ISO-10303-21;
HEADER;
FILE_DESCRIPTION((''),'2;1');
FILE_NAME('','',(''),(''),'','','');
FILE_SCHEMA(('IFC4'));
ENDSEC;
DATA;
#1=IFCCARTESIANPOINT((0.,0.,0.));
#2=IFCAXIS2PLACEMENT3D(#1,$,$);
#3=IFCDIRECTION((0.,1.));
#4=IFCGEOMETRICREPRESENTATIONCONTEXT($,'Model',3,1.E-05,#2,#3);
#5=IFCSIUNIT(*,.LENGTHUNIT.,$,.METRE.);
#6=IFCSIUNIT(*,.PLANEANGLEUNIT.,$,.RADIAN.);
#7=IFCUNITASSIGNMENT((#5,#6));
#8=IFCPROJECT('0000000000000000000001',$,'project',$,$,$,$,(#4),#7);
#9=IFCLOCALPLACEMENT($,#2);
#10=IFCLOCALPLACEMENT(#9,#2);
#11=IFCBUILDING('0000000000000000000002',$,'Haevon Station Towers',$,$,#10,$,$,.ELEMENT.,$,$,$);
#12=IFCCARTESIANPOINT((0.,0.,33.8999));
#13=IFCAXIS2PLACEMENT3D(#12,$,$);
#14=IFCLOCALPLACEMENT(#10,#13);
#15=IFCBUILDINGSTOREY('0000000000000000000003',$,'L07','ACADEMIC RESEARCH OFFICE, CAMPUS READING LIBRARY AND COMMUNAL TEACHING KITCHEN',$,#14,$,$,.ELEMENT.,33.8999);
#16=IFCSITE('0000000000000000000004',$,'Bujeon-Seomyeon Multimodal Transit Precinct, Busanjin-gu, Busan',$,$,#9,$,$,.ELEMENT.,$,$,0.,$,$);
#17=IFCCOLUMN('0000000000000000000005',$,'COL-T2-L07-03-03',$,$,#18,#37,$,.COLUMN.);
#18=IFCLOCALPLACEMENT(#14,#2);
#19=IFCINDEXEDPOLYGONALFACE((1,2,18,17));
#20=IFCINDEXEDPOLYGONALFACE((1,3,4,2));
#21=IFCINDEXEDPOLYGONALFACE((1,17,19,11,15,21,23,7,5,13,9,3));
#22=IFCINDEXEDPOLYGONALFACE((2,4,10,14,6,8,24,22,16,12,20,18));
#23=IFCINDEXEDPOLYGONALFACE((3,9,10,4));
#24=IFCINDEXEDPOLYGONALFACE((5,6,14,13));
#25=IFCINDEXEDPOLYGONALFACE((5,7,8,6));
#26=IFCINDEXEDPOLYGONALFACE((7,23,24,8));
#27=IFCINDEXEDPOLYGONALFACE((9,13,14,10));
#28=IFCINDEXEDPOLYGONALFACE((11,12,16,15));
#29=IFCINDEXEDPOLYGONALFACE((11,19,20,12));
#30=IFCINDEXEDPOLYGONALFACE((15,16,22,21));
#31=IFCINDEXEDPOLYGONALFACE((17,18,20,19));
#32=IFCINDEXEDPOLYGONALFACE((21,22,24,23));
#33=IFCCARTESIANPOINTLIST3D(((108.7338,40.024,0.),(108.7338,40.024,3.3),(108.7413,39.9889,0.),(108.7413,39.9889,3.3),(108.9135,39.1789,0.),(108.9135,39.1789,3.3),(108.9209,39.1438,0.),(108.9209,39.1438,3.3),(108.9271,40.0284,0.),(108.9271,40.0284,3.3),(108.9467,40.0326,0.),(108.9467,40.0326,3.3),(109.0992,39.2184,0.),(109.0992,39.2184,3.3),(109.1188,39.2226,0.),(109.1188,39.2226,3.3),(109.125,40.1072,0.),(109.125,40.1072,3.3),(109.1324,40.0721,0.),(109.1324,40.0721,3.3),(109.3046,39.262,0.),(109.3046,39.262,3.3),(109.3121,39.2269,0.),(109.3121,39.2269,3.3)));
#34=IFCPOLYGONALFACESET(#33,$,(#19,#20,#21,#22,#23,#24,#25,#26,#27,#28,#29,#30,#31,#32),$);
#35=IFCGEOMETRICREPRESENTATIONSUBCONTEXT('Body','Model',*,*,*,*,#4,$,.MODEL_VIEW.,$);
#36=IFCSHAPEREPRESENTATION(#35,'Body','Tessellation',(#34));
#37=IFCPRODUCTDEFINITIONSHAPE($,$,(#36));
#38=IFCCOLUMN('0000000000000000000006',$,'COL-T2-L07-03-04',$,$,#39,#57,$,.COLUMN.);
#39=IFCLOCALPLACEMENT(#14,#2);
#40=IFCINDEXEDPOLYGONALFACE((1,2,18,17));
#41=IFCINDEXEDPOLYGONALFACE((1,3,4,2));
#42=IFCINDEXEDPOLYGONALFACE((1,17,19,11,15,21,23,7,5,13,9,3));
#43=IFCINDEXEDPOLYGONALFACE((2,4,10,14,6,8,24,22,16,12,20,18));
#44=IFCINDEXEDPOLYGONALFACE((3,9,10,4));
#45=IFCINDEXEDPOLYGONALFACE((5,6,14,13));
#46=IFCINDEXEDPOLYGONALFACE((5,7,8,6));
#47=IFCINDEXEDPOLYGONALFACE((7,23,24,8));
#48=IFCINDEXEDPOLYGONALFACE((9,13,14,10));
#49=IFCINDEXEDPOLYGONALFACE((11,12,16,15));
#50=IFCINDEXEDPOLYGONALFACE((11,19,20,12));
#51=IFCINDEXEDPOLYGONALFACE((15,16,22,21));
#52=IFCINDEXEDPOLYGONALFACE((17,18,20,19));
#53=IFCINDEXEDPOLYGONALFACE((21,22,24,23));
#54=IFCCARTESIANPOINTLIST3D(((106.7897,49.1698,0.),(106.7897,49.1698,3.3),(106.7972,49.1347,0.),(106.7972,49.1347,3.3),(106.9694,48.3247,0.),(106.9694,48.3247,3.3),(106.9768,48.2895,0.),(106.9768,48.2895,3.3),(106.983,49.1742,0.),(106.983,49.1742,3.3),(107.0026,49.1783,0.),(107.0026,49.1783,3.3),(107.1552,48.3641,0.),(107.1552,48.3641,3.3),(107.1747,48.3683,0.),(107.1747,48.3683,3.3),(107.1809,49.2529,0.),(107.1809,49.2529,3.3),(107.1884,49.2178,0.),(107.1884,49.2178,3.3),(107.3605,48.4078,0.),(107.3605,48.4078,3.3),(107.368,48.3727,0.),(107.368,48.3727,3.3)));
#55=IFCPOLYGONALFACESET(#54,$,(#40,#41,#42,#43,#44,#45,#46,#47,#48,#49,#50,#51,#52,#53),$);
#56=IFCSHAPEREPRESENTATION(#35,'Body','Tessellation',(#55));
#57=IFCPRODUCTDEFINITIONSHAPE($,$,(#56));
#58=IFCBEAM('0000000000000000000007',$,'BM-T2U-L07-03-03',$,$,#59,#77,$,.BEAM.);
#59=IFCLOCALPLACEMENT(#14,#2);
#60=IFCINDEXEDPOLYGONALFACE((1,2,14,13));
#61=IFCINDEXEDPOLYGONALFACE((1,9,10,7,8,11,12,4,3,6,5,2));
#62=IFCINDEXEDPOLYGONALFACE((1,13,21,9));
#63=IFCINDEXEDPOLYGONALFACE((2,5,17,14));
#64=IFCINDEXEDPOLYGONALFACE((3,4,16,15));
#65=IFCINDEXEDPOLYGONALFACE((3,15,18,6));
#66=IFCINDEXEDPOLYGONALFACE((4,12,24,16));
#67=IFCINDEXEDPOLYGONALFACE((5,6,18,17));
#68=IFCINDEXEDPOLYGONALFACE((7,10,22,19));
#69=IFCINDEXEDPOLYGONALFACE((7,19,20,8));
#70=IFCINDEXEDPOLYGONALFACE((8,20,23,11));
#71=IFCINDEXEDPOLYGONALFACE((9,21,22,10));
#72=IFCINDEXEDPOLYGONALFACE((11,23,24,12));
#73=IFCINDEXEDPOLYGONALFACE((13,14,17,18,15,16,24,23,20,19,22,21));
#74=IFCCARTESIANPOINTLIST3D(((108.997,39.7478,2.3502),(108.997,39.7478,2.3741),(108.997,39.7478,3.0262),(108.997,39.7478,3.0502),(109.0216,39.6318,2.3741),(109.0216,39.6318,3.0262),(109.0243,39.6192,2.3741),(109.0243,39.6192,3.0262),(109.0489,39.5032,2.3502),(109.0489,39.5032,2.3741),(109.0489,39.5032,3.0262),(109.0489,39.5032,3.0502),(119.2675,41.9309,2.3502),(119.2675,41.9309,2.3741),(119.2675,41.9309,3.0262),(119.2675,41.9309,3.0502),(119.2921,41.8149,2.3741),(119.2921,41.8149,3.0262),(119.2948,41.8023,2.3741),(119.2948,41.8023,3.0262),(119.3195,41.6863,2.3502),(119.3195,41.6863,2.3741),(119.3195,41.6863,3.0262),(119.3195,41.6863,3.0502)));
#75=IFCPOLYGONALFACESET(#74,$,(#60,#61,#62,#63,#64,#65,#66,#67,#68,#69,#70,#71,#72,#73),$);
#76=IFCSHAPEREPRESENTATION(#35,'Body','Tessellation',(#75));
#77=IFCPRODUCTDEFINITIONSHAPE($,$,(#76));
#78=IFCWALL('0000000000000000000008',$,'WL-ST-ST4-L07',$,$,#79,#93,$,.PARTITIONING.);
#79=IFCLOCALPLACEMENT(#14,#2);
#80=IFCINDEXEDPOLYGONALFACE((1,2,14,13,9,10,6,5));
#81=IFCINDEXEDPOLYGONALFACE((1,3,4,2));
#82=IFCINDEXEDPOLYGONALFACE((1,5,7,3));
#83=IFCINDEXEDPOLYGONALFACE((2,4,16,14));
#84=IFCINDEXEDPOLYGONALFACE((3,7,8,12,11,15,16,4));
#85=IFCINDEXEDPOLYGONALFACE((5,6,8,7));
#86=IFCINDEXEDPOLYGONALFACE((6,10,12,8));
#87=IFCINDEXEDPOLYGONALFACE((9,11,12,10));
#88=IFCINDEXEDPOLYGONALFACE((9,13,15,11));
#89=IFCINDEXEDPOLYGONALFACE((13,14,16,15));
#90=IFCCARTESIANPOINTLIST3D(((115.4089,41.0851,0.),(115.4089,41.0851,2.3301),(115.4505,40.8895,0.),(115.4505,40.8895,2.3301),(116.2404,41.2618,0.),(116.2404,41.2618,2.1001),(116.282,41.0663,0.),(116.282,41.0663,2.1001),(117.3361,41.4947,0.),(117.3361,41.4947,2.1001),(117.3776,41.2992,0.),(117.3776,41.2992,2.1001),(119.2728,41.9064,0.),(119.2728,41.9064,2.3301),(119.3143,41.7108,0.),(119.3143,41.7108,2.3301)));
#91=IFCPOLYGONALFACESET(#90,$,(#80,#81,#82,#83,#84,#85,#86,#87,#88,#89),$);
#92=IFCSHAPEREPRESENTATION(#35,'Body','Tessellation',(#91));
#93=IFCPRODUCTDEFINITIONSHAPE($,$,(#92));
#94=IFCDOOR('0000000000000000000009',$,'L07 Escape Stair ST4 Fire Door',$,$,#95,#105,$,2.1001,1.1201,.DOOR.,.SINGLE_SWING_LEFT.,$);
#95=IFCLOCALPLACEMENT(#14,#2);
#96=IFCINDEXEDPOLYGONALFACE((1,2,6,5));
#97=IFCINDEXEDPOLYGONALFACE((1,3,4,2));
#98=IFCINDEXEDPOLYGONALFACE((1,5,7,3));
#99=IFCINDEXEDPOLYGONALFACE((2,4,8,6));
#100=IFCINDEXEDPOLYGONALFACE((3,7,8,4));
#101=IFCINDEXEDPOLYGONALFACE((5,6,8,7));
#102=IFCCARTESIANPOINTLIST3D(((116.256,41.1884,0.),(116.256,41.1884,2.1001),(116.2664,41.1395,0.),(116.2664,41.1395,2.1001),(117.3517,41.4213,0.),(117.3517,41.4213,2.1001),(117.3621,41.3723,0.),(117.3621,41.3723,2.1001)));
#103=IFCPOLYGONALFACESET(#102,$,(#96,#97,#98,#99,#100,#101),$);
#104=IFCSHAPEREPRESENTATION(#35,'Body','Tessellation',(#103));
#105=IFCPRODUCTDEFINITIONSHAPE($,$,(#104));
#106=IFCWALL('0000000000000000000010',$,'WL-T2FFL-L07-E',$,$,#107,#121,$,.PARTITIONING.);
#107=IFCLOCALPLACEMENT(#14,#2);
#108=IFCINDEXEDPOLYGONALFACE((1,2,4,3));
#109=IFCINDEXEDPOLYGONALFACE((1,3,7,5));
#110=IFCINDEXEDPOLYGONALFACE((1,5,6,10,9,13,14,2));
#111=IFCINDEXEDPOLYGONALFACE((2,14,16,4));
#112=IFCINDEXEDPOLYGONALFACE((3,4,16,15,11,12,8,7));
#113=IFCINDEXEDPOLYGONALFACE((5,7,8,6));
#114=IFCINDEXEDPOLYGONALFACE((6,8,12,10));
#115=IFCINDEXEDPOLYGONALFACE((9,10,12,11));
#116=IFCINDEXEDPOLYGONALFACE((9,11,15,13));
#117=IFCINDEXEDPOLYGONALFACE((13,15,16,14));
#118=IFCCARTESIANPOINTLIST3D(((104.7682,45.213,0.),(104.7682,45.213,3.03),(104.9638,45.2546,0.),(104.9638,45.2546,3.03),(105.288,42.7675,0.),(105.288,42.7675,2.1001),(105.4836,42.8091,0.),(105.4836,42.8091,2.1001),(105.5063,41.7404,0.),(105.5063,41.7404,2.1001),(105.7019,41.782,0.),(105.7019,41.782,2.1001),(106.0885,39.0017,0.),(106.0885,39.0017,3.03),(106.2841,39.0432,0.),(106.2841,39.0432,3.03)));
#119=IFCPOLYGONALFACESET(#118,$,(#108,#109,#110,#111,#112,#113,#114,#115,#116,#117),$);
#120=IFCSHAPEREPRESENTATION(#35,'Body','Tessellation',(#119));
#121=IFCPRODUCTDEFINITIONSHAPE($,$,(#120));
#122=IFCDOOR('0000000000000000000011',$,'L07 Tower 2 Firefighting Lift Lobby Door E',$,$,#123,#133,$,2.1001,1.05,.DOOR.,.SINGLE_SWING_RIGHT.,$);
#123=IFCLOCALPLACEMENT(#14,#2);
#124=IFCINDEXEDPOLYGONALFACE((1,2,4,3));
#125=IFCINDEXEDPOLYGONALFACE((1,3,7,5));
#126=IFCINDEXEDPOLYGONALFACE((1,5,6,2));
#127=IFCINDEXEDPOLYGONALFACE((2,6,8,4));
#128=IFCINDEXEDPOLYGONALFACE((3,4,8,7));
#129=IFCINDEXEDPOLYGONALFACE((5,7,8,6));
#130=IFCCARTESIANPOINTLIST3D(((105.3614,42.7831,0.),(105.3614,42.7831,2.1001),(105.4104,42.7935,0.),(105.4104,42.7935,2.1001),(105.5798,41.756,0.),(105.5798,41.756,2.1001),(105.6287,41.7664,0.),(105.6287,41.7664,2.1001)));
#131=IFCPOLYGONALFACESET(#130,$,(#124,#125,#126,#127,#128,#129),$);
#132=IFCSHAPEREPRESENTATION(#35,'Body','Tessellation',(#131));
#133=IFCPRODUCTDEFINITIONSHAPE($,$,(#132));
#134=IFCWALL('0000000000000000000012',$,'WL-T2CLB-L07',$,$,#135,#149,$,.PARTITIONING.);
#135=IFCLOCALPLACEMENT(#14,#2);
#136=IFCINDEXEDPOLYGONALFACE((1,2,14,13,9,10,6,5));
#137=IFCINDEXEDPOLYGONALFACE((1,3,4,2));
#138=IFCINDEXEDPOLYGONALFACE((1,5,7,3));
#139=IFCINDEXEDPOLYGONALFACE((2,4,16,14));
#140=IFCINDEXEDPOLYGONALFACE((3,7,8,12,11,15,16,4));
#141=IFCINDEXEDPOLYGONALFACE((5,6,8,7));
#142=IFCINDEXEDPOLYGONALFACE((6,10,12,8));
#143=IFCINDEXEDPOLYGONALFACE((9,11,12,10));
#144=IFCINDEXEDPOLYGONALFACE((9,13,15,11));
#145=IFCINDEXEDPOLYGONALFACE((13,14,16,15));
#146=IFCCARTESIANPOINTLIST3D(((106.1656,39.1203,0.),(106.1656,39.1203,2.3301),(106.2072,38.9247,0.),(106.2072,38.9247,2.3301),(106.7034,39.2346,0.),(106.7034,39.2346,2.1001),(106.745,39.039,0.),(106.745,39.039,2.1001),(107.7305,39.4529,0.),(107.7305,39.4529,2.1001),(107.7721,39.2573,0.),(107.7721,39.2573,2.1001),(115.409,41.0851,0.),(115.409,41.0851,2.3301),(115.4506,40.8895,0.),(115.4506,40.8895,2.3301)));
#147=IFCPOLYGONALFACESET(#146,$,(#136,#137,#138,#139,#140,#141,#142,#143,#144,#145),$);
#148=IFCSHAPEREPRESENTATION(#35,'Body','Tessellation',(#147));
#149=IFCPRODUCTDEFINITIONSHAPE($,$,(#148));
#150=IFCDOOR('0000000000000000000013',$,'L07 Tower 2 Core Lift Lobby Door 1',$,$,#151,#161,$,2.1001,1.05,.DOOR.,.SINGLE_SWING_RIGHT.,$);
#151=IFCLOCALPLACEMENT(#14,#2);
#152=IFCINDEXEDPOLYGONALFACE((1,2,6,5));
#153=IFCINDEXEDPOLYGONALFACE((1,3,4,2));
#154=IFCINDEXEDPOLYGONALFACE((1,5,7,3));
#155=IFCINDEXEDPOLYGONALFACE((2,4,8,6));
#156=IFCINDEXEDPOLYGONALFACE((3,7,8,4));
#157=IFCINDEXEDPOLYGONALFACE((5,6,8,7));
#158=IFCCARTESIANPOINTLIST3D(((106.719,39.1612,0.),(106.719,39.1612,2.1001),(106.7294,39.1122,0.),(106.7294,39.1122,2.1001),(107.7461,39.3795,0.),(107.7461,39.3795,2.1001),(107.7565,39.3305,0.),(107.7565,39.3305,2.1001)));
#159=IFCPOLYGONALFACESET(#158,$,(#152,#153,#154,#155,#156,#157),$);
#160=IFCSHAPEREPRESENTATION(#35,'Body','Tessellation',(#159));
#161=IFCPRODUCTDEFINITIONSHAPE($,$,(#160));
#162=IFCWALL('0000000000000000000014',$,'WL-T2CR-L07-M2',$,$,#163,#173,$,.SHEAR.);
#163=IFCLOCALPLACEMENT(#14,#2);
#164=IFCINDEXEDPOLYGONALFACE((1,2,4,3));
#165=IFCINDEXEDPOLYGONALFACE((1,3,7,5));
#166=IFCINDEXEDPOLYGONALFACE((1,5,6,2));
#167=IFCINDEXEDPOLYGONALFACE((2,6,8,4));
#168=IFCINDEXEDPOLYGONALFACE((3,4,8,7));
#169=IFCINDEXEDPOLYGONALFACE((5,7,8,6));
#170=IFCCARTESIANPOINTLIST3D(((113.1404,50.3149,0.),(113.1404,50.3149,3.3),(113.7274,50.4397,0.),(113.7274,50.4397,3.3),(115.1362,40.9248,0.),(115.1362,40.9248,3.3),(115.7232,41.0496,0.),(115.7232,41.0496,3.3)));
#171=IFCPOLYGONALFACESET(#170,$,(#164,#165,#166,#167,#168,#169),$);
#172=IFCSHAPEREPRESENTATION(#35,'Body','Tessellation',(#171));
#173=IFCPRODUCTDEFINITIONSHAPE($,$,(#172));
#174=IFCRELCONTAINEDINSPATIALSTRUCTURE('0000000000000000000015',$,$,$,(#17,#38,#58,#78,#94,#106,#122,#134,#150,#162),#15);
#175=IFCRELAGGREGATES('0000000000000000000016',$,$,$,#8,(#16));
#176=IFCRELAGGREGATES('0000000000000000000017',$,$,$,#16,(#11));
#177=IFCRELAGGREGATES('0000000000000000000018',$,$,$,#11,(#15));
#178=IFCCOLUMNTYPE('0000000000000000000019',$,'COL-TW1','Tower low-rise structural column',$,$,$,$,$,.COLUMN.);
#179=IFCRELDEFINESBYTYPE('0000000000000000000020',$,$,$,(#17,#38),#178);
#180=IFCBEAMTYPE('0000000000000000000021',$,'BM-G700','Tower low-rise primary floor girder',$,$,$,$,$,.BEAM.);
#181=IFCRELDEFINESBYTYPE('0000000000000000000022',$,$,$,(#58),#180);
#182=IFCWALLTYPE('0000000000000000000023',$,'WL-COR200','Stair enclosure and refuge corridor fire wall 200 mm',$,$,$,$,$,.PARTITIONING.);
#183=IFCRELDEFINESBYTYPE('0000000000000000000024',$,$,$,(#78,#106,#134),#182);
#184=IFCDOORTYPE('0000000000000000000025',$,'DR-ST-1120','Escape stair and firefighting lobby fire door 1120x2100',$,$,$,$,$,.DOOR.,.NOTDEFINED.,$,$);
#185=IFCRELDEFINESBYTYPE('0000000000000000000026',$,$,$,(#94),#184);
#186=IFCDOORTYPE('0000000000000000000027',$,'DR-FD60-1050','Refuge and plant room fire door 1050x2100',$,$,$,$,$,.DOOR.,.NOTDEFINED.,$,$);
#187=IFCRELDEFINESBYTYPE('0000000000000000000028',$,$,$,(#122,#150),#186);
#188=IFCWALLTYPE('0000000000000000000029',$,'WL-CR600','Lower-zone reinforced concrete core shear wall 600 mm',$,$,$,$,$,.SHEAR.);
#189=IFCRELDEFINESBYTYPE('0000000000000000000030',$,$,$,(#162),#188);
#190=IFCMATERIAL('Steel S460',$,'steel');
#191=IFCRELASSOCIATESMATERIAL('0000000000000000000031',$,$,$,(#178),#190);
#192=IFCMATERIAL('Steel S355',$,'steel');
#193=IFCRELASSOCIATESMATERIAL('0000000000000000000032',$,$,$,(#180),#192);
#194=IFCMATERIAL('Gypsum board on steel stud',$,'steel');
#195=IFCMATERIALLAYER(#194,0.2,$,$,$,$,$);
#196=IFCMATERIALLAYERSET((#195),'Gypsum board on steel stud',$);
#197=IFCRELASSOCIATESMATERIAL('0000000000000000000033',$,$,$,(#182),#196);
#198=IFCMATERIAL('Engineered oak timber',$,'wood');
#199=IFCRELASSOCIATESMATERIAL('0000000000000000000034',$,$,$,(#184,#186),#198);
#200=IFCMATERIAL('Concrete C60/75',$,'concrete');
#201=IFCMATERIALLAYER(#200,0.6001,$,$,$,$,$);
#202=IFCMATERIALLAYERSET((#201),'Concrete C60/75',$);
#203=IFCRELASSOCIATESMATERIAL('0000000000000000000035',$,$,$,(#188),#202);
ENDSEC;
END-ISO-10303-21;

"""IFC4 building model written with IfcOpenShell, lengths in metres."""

from ifc_helpers import new_model, si_unit, direction, frame, frame_2d, origin, origin_2d, place, context, subcontext, project, spatial, rectangle, i_section, extrude, material, layer, layer_set, material_profile, profile_set, type_object, element, fill, save


model = new_model("IFC4")

# Units and contexts
model_context = context("Model", 3, precision=1e-05, world=origin(), true_north=direction((0.0, 1.0)))
body_context = subcontext(model_context, "Body", "Model", "MODEL_VIEW")
ifc_project = project(units=[si_unit("LENGTHUNIT", "METRE"), si_unit("PLANEANGLEUNIT", "RADIAN")], contexts=[model_context])

# Site, building, storey
site_placement = place(None, origin())
site = spatial("IfcSite", under=ifc_project, at=site_placement, Name="Bujeon-Seomyeon Multimodal Transit Precinct, Busanjin-gu, Busan", CompositionType="ELEMENT", RefElevation=0.0)
building_placement = place(site_placement, origin())
building = spatial("IfcBuilding", under=site, at=building_placement, Name="Haevon Station Towers", CompositionType="ELEMENT")
storey_placement = place(building_placement, frame((0.0, 0.0, 33.8999)))
storey = spatial("IfcBuildingStorey", under=building, at=storey_placement, Name="L07", Description="ACADEMIC RESEARCH OFFICE, CAMPUS READING LIBRARY AND COMMUNAL TEACHING KITCHEN", CompositionType="ELEMENT", Elevation=33.8999)

# Columns
ifc_material_1 = material(Name="Steel S460", Category="steel")
ifc_material_profile_1 = material_profile(ifc_material_1, i_section(OverallWidth=0.3999, OverallDepth=0.8999, WebThickness=0.02, FlangeThickness=0.0359, at=origin_2d()), Name="H-900x400x20x36")
ifc_profile_set_1 = profile_set([ifc_material_profile_1], Name="Steel S460")
column_type = type_object("IfcColumnType", Name="COL-TW1", Description="Tower low-rise structural column", PredefinedType="COLUMN", material=ifc_profile_set_1)
for number, where, z_axis, x_axis, name in (
    (1, (109.0229, 39.6255, 0.0), (0.0, 0.0, 1.0), (0.978148, 0.207912, 0.0), "COL-T2-L07-03-03"),
    (2, (107.0789, 48.7712, 0.0), (0.0, 0.0, 1.0), (0.978148, 0.207912, 0.0), "COL-T2-L07-03-04"),
):
    element("IfcColumn", number, at=place(storey_placement, frame(where, z_axis=z_axis, x_axis=x_axis)), inside=storey, type_object=column_type, Name=name, PredefinedType="COLUMN", context=body_context, shape_type="SweptSolid", body=[
        extrude(i_section(OverallWidth=0.3999, OverallDepth=0.8999, WebThickness=0.02, FlangeThickness=0.0359, at=origin_2d()), origin(), (0.0, 0.0, 1.0), 3.3),
    ])

# Beam
ifc_material_2 = material(Name="Steel S355", Category="steel")
ifc_material_profile_2 = material_profile(ifc_material_2, i_section(OverallWidth=0.25, OverallDepth=0.7, WebThickness=0.0129, FlangeThickness=0.0239, at=origin_2d()), Name="H-700x250x13x24")
ifc_profile_set_2 = profile_set([ifc_material_profile_2], Name="Steel S355")
beam_type = type_object("IfcBeamType", Name="BM-G700", Description="Tower low-rise primary floor girder", PredefinedType="BEAM", material=ifc_profile_set_2)
beam_placement = place(storey_placement, frame((109.0229, 39.6255, 2.7002), z_axis=(0.978147, 0.207915, 0.0), x_axis=(-0.207915, 0.978147, 0.0)))
element("IfcBeam", 3, at=beam_placement, inside=storey, type_object=beam_type, Name="BM-T2U-L07-03-03", PredefinedType="BEAM", context=body_context, shape_type="SweptSolid", body=[
    extrude(i_section(OverallWidth=0.25, OverallDepth=0.7, WebThickness=0.0129, FlangeThickness=0.0239, at=origin_2d()), origin(), (0.0, 0.0, 1.0), 10.5),
])

# Walls, openings, doors
ifc_material_3 = material(Name="Gypsum board on steel stud", Category="steel")
ifc_layer_1 = layer(ifc_material_3, 0.2)
ifc_layer_set_1 = layer_set([ifc_layer_1], Name="Gypsum board on steel stud")
wall_type_1 = type_object("IfcWallType", Name="WL-COR200", Description="Stair enclosure and refuge corridor fire wall 200 mm", PredefinedType="PARTITIONING", material=ifc_layer_set_1)
wall_1_placement = place(storey_placement, frame((115.4297, 40.9873, 0.0), z_axis=(0.0, 0.0, 1.0), x_axis=(0.978147, 0.207916, 0.0)))
wall_1 = element("IfcWall", 4, at=wall_1_placement, inside=storey, type_object=wall_type_1, Name="WL-ST-ST4-L07", PredefinedType="PARTITIONING", context=body_context, shape_type="SweptSolid", body=[
    extrude(rectangle(XDim=3.9502, YDim=0.2, at=frame_2d((1.9751, 0.0))), origin(), (0.0, 0.0, 1.0), 2.3301),
])
opening_1_placement = place(wall_1_placement, frame((0.8501, 0.0, 0.0)))
opening_1 = element("IfcOpeningElement", 5, at=opening_1_placement, cuts=wall_1, PredefinedType="OPENING", context=body_context, shape_type="SweptSolid", body=[
    extrude(rectangle(XDim=1.1201, YDim=2.1001, at=frame_2d((0.5601, 1.05))), frame((0.0, 0.1099, 0.0), z_axis=(0.0, -1.0, 0.0), x_axis=(1.0, 0.0, 0.0)), (0.0, 0.0, 1.0), 0.22),
])
ifc_material_4 = material(Name="Engineered oak timber", Category="wood")
door_type_1 = type_object("IfcDoorType", Name="DR-ST-1120", Description="Escape stair and firefighting lobby fire door 1120x2100", OperationType="NOTDEFINED", PredefinedType="DOOR", material=ifc_material_4)
door_1_placement = place(opening_1_placement, origin())
door_1 = element("IfcDoor", 6, at=door_1_placement, inside=storey, type_object=door_type_1, Name="L07 Escape Stair ST4 Fire Door", OperationType="SINGLE_SWING_LEFT", OverallHeight=2.1001, OverallWidth=1.1201, PredefinedType="DOOR", context=body_context, shape_type="SweptSolid", body=[
    extrude(rectangle(XDim=1.1201, YDim=2.1001, at=frame_2d((0.5601, 1.05))), frame((0.0, 0.0249, 0.0), z_axis=(0.0, -1.0, 0.0), x_axis=(1.0, 0.0, 0.0)), (0.0, 0.0, 1.0), 0.05),
])
fill(opening_1, door_1)
wall_2_placement = place(storey_placement, frame((106.1863, 39.0225, 0.0), z_axis=(0.0, 0.0, 1.0), x_axis=(-0.207917, 0.978147, 0.0)))
wall_2 = element("IfcWall", 7, at=wall_2_placement, inside=storey, type_object=wall_type_1, Name="WL-T2FFL-L07-E", PredefinedType="PARTITIONING", context=body_context, shape_type="SweptSolid", body=[
    extrude(rectangle(XDim=6.3501, YDim=0.2, at=frame_2d((3.175, 0.0))), origin(), (0.0, 0.0, 1.0), 3.03),
])
opening_2_placement = place(wall_2_placement, frame((2.8, 0.0, 0.0)))
opening_2 = element("IfcOpeningElement", 8, at=opening_2_placement, cuts=wall_2, PredefinedType="OPENING", context=body_context, shape_type="SweptSolid", body=[
    extrude(rectangle(XDim=1.05, YDim=2.1001, at=frame_2d((0.5249, 1.05))), frame((0.0, 0.1099, 0.0), z_axis=(0.0, -1.0, 0.0), x_axis=(1.0, 0.0, 0.0)), (0.0, 0.0, 1.0), 0.22),
])
door_type_2 = type_object("IfcDoorType", Name="DR-FD60-1050", Description="Refuge and plant room fire door 1050x2100", OperationType="NOTDEFINED", PredefinedType="DOOR", material=ifc_material_4)
door_2_placement = place(opening_2_placement, origin())
door_2 = element("IfcDoor", 9, at=door_2_placement, inside=storey, type_object=door_type_2, Name="L07 Tower 2 Firefighting Lift Lobby Door E", OperationType="SINGLE_SWING_RIGHT", OverallHeight=2.1001, OverallWidth=1.05, PredefinedType="DOOR", context=body_context, shape_type="SweptSolid", body=[
    extrude(rectangle(XDim=1.05, YDim=2.1001, at=frame_2d((0.5249, 1.05))), frame((0.0, 0.0249, 0.0), z_axis=(0.0, -1.0, 0.0), x_axis=(1.0, 0.0, 0.0)), (0.0, 0.0, 1.0), 0.05),
])
fill(opening_2, door_2)
wall_3_placement = place(storey_placement, frame((106.1863, 39.0225, 0.0), z_axis=(0.0, 0.0, 1.0), x_axis=(0.978146, 0.207921, 0.0)))
wall_3 = element("IfcWall", 10, at=wall_3_placement, inside=storey, type_object=wall_type_1, Name="WL-T2CLB-L07", PredefinedType="PARTITIONING", context=body_context, shape_type="SweptSolid", body=[
    extrude(rectangle(XDim=9.45, YDim=0.2, at=frame_2d((4.7251, 0.0))), origin(), (0.0, 0.0, 1.0), 2.3301),
])
opening_3_placement = place(wall_3_placement, frame((0.55, 0.0, 0.0)))
opening_3 = element("IfcOpeningElement", 11, at=opening_3_placement, cuts=wall_3, PredefinedType="OPENING", context=body_context, shape_type="SweptSolid", body=[
    extrude(rectangle(XDim=1.05, YDim=2.1001, at=frame_2d((0.5249, 1.05))), frame((0.0, 0.1099, 0.0), z_axis=(0.0, -1.0, 0.0), x_axis=(1.0, 0.0, 0.0)), (0.0, 0.0, 1.0), 0.22),
])
door_3_placement = place(opening_3_placement, origin())
door_3 = element("IfcDoor", 12, at=door_3_placement, inside=storey, type_object=door_type_2, Name="L07 Tower 2 Core Lift Lobby Door 1", OperationType="SINGLE_SWING_RIGHT", OverallHeight=2.1001, OverallWidth=1.05, PredefinedType="DOOR", context=body_context, shape_type="SweptSolid", body=[
    extrude(rectangle(XDim=1.05, YDim=2.1001, at=frame_2d((0.5249, 1.05))), frame((0.0, 0.0249, 0.0), z_axis=(0.0, -1.0, 0.0), x_axis=(1.0, 0.0, 0.0)), (0.0, 0.0, 1.0), 0.05),
])
fill(opening_3, door_3)

# Wall
ifc_material_5 = material(Name="Concrete C60/75", Category="concrete")
ifc_layer_2 = layer(ifc_material_5, 0.6001)
ifc_layer_set_2 = layer_set([ifc_layer_2], Name="Concrete C60/75")
wall_type_2 = type_object("IfcWallType", Name="WL-CR600", Description="Lower-zone reinforced concrete core shear wall 600 mm", PredefinedType="SHEAR", material=ifc_layer_set_2)
wall_4_placement = place(storey_placement, frame((115.4297, 40.9873, 0.0), z_axis=(0.0, 0.0, 1.0), x_axis=(-0.207903, 0.978149, 0.0)))
element("IfcWall", 13, at=wall_4_placement, inside=storey, type_object=wall_type_2, Name="WL-T2CR-L07-M2", PredefinedType="SHEAR", context=body_context, shape_type="SweptSolid", body=[
    extrude(rectangle(XDim=9.5999, YDim=0.6001, at=frame_2d((4.7998, 0.0))), origin(), (0.0, 0.0, 1.0), 3.3),
])

save(model, "model.ifc")
